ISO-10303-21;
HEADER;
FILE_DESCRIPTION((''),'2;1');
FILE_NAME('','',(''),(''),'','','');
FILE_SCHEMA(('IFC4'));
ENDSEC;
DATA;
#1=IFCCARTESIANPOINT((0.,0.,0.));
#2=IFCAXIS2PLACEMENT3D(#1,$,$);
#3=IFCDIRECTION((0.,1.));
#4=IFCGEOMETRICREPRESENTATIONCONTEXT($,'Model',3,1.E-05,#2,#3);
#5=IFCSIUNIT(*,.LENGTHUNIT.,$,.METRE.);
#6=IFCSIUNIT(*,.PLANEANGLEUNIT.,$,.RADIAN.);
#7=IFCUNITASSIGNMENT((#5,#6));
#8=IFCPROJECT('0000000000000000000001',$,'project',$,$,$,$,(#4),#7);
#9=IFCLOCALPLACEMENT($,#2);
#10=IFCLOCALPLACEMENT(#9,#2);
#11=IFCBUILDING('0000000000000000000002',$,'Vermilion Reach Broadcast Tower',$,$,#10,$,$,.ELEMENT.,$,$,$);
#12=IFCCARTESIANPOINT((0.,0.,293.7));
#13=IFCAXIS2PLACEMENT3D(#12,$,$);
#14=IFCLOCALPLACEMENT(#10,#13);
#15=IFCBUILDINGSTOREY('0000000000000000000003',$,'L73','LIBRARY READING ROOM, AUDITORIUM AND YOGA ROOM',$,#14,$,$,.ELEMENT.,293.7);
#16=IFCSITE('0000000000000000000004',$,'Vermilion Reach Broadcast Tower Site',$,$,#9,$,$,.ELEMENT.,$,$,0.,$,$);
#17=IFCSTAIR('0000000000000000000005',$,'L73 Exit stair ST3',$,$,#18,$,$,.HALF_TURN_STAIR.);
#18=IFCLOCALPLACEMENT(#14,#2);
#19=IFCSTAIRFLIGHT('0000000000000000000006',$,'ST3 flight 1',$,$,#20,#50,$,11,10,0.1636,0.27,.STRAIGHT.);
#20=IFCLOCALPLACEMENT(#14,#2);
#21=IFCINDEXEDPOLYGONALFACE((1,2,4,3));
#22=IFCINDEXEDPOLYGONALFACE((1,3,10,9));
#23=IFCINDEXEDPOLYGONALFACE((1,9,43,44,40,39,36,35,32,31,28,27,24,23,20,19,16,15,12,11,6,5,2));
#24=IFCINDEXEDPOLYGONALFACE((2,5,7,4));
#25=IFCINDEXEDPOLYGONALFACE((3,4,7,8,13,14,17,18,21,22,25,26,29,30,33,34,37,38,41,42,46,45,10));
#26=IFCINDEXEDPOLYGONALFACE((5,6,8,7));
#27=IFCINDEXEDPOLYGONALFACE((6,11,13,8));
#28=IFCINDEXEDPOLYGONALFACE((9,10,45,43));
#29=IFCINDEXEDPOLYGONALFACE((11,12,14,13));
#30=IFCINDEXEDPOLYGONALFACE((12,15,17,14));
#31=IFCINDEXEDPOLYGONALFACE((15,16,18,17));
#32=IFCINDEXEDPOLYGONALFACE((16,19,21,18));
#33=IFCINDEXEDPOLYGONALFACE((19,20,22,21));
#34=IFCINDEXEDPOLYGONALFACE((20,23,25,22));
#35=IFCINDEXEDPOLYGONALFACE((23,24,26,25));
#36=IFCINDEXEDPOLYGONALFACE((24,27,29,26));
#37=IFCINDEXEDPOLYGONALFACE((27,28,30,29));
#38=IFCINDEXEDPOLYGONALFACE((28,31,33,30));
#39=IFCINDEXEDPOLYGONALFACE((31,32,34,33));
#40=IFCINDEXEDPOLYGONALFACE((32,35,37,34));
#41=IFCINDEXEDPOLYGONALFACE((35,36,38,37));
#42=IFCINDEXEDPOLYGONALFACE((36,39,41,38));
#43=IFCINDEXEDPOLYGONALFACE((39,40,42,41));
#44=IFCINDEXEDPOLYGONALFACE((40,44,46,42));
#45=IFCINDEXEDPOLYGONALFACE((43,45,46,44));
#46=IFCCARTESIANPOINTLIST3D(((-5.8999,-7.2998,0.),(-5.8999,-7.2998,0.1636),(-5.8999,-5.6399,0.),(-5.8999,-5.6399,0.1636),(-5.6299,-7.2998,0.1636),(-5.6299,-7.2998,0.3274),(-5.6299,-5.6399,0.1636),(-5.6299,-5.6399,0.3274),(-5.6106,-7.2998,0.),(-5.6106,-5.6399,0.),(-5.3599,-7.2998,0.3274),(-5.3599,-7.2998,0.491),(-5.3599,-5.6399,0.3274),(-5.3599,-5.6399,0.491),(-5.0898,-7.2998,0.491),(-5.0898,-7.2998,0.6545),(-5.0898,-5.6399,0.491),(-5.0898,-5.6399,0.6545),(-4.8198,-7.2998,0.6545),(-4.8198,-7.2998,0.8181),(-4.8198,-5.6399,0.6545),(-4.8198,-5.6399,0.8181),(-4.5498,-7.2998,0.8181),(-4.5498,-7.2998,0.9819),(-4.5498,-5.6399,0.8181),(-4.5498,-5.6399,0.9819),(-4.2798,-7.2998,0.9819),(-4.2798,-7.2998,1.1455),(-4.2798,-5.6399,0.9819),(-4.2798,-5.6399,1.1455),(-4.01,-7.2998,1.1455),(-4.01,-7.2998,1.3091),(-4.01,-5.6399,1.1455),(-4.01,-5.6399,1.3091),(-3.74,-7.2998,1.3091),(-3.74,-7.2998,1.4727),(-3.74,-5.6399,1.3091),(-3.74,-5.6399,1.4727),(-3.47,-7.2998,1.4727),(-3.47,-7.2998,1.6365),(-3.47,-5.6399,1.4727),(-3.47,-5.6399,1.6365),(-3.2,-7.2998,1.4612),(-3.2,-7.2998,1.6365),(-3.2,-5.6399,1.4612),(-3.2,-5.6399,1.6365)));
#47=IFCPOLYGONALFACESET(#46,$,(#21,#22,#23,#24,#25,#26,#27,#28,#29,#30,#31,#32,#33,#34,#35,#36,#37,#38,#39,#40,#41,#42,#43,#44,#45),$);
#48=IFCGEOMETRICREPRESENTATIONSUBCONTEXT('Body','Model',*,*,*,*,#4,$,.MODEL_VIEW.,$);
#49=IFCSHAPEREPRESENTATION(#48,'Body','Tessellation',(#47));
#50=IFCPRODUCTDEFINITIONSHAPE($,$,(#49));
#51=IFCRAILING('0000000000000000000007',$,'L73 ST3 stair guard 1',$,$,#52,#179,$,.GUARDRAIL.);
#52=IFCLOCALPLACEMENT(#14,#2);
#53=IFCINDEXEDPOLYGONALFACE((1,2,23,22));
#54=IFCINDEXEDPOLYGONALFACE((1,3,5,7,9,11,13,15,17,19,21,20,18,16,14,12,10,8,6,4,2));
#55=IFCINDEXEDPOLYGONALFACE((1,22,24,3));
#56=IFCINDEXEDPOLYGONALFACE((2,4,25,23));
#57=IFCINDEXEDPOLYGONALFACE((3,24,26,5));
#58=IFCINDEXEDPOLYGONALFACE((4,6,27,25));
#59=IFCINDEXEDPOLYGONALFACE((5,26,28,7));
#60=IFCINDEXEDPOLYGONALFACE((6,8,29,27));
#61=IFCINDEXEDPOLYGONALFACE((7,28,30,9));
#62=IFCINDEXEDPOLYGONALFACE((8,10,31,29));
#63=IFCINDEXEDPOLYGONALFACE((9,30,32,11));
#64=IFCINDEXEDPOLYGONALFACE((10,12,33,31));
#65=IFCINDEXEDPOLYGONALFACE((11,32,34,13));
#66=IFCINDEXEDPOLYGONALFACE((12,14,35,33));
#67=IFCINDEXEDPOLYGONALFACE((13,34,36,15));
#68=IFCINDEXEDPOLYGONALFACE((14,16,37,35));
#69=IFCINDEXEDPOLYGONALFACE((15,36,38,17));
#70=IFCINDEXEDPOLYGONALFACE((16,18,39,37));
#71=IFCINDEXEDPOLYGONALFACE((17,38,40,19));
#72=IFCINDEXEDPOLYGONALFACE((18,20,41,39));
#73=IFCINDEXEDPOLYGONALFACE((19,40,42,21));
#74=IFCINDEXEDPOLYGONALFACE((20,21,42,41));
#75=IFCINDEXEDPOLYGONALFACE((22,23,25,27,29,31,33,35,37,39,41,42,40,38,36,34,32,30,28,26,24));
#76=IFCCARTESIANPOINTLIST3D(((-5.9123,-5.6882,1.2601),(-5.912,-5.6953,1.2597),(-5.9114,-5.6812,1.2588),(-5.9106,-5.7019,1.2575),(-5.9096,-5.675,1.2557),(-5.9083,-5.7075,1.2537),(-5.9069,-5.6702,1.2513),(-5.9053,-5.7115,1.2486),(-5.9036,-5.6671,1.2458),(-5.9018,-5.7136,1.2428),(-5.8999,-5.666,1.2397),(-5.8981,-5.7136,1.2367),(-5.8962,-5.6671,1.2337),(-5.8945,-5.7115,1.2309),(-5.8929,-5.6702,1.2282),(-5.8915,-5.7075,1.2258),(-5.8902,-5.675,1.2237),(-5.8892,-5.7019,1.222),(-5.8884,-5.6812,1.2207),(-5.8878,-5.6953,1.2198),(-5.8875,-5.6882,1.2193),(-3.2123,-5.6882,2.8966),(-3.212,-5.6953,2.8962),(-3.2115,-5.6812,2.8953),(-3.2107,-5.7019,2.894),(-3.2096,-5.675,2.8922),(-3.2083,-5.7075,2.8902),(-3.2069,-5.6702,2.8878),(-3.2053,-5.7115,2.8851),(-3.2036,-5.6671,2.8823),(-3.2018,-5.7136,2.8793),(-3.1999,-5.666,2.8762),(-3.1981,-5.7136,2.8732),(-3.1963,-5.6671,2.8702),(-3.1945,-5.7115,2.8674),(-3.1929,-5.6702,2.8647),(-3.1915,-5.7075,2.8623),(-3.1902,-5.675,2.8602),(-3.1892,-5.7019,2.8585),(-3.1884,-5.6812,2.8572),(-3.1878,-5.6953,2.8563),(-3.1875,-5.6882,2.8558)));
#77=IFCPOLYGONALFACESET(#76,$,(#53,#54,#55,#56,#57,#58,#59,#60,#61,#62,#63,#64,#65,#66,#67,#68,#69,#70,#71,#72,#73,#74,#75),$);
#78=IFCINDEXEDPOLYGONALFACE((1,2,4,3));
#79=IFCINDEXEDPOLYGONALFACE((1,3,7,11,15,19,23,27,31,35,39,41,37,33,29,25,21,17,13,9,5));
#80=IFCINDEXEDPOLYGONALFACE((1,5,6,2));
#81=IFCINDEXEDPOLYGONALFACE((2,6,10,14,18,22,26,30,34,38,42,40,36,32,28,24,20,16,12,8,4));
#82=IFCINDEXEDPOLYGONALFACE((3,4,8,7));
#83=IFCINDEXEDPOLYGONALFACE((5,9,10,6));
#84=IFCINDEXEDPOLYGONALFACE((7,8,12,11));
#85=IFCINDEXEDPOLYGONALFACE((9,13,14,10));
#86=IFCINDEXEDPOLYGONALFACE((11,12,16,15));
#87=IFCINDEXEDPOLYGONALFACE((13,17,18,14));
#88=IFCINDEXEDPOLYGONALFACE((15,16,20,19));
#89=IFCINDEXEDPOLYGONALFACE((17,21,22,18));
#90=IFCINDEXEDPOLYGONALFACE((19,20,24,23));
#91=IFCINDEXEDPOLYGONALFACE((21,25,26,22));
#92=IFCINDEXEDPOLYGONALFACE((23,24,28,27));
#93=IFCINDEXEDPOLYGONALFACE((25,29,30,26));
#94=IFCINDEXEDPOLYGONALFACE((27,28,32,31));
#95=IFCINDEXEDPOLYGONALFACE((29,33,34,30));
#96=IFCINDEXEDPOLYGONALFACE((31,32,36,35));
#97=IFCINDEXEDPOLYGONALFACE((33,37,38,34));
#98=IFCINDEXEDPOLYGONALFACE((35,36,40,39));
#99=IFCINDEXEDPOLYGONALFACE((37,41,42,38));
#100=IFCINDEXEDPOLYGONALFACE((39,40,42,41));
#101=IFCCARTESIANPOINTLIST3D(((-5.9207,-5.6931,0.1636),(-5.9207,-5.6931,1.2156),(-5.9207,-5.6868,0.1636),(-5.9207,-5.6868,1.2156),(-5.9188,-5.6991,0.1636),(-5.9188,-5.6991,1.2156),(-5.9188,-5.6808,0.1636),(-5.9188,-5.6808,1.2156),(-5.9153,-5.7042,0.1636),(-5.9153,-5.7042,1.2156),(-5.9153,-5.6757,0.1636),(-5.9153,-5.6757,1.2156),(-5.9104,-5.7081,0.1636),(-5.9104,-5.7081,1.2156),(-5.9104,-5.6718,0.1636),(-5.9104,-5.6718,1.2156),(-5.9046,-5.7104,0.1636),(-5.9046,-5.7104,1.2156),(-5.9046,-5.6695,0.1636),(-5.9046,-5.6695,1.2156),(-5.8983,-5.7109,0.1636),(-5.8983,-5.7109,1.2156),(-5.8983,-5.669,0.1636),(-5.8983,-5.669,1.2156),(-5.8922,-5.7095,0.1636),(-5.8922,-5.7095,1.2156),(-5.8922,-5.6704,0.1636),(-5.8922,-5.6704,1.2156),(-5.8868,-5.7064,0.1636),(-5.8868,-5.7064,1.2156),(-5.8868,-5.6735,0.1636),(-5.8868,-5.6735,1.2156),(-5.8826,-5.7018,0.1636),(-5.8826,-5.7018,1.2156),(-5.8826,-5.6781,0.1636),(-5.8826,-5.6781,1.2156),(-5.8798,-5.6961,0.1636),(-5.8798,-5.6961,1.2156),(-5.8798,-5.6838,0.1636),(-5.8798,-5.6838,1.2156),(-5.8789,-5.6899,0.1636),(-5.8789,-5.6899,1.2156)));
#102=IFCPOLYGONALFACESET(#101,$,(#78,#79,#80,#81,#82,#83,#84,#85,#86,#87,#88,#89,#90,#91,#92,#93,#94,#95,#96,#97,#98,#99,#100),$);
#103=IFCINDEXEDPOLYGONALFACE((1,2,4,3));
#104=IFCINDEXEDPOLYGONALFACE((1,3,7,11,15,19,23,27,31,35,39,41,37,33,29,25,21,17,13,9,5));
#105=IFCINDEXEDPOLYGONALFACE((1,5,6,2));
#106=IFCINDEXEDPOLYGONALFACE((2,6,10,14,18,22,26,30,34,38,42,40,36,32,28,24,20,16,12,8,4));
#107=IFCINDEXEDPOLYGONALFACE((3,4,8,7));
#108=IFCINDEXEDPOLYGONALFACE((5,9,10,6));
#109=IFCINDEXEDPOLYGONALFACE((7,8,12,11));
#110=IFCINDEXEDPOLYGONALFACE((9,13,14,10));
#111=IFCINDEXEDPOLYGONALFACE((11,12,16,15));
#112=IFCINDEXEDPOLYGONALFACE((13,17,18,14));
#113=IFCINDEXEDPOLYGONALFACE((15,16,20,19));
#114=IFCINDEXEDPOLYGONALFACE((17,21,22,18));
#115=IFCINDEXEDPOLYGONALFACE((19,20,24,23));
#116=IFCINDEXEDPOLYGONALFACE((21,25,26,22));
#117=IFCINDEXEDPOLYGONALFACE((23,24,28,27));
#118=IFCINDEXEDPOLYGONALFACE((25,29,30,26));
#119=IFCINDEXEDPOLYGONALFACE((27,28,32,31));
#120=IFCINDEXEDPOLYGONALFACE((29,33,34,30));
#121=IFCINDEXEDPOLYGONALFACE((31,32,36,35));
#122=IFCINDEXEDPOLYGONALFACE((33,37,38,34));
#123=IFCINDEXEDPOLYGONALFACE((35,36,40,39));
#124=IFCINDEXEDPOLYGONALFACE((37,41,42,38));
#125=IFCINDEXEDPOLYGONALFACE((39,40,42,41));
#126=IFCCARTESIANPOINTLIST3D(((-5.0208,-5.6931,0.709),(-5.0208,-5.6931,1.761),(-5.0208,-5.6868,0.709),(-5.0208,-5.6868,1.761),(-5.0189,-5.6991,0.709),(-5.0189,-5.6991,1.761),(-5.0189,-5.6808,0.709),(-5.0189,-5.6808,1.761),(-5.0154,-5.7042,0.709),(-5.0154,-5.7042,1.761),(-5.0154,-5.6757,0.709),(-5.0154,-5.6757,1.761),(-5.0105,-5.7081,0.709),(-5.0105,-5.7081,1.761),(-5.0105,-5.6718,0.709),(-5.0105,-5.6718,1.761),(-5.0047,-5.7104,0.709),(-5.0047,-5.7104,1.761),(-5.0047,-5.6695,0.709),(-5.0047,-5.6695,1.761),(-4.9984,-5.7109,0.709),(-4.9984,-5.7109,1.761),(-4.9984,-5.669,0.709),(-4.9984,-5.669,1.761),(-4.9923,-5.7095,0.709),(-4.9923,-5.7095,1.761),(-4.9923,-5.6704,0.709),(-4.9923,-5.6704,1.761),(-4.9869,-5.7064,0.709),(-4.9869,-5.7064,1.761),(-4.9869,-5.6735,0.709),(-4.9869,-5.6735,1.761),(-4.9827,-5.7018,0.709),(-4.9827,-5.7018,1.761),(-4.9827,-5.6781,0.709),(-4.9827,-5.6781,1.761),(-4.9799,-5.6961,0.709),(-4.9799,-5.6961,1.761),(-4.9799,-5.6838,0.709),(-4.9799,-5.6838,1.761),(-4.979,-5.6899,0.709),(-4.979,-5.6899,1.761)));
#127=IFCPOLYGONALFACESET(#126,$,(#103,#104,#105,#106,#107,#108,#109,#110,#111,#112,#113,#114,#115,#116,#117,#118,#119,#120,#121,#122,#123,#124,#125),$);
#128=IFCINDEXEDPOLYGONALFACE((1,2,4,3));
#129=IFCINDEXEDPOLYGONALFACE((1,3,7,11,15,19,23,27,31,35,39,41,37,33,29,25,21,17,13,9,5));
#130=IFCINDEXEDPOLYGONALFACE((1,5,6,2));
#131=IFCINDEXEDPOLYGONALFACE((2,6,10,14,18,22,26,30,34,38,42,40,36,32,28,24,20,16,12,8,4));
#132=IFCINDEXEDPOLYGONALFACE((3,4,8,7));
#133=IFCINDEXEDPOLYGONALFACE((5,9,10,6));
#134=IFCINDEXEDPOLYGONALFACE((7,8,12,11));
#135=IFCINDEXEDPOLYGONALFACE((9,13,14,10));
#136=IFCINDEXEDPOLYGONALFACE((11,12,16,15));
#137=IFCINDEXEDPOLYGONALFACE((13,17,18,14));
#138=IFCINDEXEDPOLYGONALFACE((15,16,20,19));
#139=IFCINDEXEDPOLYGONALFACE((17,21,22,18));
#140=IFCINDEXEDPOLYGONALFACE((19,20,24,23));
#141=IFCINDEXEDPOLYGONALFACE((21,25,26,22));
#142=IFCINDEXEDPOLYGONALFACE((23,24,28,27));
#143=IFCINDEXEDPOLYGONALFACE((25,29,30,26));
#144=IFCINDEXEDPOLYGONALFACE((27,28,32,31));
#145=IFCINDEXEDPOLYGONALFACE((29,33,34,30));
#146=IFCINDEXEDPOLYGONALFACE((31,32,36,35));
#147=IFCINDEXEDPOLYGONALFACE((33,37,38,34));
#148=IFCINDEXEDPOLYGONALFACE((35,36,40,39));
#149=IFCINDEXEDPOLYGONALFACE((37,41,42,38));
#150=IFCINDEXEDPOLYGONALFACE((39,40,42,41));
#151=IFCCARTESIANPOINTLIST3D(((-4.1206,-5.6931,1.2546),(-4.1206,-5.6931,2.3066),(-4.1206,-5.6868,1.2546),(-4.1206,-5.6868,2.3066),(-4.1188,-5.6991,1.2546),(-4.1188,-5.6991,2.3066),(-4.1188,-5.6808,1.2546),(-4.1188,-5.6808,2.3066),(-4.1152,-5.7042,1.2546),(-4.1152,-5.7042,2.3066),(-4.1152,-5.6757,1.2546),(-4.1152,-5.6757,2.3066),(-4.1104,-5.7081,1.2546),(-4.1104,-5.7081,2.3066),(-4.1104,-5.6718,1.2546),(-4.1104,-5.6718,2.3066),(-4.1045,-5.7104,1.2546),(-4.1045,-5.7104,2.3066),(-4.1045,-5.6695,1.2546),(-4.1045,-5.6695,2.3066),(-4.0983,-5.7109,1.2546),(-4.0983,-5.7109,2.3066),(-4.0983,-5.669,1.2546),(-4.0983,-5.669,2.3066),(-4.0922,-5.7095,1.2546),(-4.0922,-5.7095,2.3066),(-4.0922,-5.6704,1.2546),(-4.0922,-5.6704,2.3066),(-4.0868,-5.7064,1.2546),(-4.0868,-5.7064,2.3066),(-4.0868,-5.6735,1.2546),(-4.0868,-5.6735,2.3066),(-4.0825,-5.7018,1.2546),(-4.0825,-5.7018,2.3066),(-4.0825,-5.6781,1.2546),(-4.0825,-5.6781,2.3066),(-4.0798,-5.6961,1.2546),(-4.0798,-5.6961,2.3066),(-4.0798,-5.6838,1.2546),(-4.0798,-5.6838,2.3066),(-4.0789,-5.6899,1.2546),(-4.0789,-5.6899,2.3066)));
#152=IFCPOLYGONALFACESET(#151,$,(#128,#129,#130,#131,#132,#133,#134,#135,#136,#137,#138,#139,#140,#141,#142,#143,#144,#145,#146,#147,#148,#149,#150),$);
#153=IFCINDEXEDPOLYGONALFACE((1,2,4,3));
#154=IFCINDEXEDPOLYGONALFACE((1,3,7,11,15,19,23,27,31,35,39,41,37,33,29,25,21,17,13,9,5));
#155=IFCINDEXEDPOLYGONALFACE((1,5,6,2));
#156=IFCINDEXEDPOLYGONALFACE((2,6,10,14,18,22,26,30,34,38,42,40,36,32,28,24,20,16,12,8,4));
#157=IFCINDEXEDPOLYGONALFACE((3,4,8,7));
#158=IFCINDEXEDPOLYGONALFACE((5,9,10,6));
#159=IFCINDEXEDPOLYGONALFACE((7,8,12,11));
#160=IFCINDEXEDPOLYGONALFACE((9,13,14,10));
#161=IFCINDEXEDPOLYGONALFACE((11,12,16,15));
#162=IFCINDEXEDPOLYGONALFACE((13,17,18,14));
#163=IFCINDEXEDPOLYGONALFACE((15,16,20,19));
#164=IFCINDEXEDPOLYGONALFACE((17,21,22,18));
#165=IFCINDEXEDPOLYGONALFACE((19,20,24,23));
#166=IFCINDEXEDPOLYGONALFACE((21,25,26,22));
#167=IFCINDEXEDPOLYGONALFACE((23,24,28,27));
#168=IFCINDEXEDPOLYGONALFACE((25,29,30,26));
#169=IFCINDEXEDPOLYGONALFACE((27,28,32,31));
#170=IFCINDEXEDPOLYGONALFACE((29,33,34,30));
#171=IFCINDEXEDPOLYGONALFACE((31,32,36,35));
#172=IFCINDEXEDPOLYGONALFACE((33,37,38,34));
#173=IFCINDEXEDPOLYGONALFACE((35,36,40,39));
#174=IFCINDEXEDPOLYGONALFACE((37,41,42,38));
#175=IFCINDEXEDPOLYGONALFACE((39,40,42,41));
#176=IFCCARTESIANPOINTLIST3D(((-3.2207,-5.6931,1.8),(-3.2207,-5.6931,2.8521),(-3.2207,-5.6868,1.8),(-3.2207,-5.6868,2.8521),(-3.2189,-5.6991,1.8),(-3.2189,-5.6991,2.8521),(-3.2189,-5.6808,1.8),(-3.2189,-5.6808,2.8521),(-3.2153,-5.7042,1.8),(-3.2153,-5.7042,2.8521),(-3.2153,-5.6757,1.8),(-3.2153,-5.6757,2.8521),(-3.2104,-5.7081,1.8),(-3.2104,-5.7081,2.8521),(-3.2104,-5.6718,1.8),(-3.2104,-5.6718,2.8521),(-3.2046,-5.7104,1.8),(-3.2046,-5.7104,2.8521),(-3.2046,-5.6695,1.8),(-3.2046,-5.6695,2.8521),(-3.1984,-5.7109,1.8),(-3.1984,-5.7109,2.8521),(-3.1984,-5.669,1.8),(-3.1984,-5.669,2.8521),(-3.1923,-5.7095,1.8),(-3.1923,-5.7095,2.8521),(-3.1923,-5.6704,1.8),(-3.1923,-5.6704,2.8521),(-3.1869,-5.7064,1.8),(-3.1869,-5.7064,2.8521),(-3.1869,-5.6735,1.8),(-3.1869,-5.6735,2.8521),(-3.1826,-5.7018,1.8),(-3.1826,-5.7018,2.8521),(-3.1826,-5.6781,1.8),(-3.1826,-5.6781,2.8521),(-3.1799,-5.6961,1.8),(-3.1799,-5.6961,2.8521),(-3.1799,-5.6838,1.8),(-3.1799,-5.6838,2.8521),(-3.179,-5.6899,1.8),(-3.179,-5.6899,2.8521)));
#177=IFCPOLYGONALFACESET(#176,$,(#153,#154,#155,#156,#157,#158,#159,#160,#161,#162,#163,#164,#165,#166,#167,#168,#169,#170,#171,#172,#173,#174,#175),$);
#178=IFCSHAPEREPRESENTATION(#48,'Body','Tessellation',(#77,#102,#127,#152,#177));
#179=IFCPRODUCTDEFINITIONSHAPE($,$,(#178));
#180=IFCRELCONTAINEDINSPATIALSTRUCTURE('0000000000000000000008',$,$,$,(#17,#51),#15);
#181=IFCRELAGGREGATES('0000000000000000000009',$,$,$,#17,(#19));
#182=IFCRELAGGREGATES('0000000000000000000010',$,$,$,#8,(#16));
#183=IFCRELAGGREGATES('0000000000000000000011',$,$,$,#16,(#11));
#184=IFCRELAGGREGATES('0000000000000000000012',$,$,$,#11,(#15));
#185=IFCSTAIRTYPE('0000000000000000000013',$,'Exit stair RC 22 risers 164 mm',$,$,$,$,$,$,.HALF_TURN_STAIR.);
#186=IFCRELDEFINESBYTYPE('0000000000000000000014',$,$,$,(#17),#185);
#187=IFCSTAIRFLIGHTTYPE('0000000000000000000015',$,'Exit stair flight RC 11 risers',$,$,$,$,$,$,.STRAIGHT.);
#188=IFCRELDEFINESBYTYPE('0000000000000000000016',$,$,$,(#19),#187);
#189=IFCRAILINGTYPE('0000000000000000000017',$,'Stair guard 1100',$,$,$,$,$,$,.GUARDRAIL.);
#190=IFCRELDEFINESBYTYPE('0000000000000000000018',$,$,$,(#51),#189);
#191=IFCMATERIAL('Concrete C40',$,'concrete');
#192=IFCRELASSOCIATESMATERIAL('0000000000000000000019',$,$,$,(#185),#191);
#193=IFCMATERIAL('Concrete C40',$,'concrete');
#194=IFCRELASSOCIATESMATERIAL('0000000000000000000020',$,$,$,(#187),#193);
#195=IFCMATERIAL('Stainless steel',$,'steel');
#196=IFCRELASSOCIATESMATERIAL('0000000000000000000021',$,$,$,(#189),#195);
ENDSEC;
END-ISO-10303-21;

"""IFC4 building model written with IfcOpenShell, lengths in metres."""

from ifc_helpers import new_model, si_unit, direction, frame, origin, origin_2d, place, context, subcontext, project, spatial, polyline, circle, outline, extrude, material, type_object, element, aggregate, save


model = new_model("IFC4")

# Units and contexts
model_context = context("Model", 3, precision=1e-05, world=origin(), true_north=direction((0.0, 1.0)))
body_context = subcontext(model_context, "Body", "Model", "MODEL_VIEW")
ifc_project = project(units=[si_unit("LENGTHUNIT", "METRE"), si_unit("PLANEANGLEUNIT", "RADIAN")], contexts=[model_context])

# Site, building, storey
site_placement = place(None, origin())
site = spatial("IfcSite", under=ifc_project, at=site_placement, Name="Vermilion Reach Broadcast Tower Site", CompositionType="ELEMENT", RefElevation=0.0)
building_placement = place(site_placement, origin())
building = spatial("IfcBuilding", under=site, at=building_placement, Name="Vermilion Reach Broadcast Tower", CompositionType="ELEMENT")
storey_placement = place(building_placement, frame((0.0, 0.0, 293.7)))
storey = spatial("IfcBuildingStorey", under=building, at=storey_placement, Name="L73", Description="LIBRARY READING ROOM, AUDITORIUM AND YOGA ROOM", CompositionType="ELEMENT", Elevation=293.7)

# Stair, stair flight
ifc_material_1 = material(Name="Concrete C40", Category="concrete")
stair_type = type_object("IfcStairType", Name="Exit stair RC 22 risers 164 mm", PredefinedType="HALF_TURN_STAIR", material=ifc_material_1)
stair_placement = place(storey_placement, origin())
stair = element("IfcStair", 1, at=stair_placement, inside=storey, type_object=stair_type, Name="L73 Exit stair ST3", PredefinedType="HALF_TURN_STAIR")
ifc_material_2 = material(Name="Concrete C40", Category="concrete")
stair_flight_type = type_object("IfcStairFlightType", Name="Exit stair flight RC 11 risers", PredefinedType="STRAIGHT", material=ifc_material_2)
stair_flight_placement = place(storey_placement, frame((-5.8999, -6.47, 0.0), z_axis=(0.0, 0.0, 1.0), x_axis=(1.0, 0.0, 0.0)))
stair_flight = element("IfcStairFlight", 2, at=stair_flight_placement, type_object=stair_flight_type, Name="ST3 flight 1", NumberOfRisers=11, NumberOfTreads=10, PredefinedType="STRAIGHT", RiserHeight=0.1636, TreadLength=0.27, context=body_context, shape_type="SweptSolid", body=[
    extrude(outline(polyline([(0.0, 0.0), (0.0, 0.1636), (0.27, 0.1636), (0.27, 0.3274), (0.54, 0.3274), (0.54, 0.491), (0.8101, 0.491), (0.8101, 0.6545), (1.0801, 0.6545), (1.0801, 0.8181), (1.3501, 0.8181), (1.3501, 0.9819), (1.6201, 0.9819), (1.6201, 1.1455), (1.8899, 1.1455), (1.8899, 1.3091), (2.1599, 1.3091), (2.1599, 1.4727), (2.4299, 1.4727), (2.4299, 1.6365), (2.7, 1.6365), (2.7, 1.8), (2.7, 1.4612), (0.2893, 0.0), (0.0, 0.0)])), frame((0.0, 0.8301, 0.0), z_axis=(0.0, -1.0, 0.0), x_axis=(1.0, 0.0, 0.0)), (0.0, 0.0, 1.0), 1.6599),
])
aggregate(stair, [stair_flight])

# Railing
ifc_material_3 = material(Name="Stainless steel", Category="steel")
railing_type_1 = type_object("IfcRailingType", Name="Stair guard 1100", PredefinedType="GUARDRAIL", material=ifc_material_3)
railing_1_placement = place(storey_placement, frame((-5.8999, -5.6899, 0.1636)))
element("IfcRailing", 3, at=railing_1_placement, inside=storey, type_object=railing_type_1, Name="L73 ST3 stair guard 1", PredefinedType="GUARDRAIL", context=body_context, shape_type="SweptSolid", body=[
    extrude(circle(Radius=0.0239, at=origin_2d()), frame((0.0, 0.0, 1.0762), z_axis=(0.855178, 0.0, 0.518334), x_axis=(0.0, 1.0, 0.0)), (0.0, 0.0, 1.0), 3.1572),
    extrude(circle(Radius=0.021, at=origin_2d()), origin(), (0.0, 0.0, 1.0), 1.052),
    extrude(circle(Radius=0.021, at=origin_2d()), frame((0.8999, 0.0, 0.5454)), (0.0, 0.0, 1.0), 1.052),
    extrude(circle(Radius=0.021, at=origin_2d()), frame((1.8, 0.0, 1.0911)), (0.0, 0.0, 1.0), 1.052),
    extrude(circle(Radius=0.021, at=origin_2d()), frame((2.7, 0.0, 1.6365)), (0.0, 0.0, 1.0), 1.052),
])

save(model, "model.ifc")
